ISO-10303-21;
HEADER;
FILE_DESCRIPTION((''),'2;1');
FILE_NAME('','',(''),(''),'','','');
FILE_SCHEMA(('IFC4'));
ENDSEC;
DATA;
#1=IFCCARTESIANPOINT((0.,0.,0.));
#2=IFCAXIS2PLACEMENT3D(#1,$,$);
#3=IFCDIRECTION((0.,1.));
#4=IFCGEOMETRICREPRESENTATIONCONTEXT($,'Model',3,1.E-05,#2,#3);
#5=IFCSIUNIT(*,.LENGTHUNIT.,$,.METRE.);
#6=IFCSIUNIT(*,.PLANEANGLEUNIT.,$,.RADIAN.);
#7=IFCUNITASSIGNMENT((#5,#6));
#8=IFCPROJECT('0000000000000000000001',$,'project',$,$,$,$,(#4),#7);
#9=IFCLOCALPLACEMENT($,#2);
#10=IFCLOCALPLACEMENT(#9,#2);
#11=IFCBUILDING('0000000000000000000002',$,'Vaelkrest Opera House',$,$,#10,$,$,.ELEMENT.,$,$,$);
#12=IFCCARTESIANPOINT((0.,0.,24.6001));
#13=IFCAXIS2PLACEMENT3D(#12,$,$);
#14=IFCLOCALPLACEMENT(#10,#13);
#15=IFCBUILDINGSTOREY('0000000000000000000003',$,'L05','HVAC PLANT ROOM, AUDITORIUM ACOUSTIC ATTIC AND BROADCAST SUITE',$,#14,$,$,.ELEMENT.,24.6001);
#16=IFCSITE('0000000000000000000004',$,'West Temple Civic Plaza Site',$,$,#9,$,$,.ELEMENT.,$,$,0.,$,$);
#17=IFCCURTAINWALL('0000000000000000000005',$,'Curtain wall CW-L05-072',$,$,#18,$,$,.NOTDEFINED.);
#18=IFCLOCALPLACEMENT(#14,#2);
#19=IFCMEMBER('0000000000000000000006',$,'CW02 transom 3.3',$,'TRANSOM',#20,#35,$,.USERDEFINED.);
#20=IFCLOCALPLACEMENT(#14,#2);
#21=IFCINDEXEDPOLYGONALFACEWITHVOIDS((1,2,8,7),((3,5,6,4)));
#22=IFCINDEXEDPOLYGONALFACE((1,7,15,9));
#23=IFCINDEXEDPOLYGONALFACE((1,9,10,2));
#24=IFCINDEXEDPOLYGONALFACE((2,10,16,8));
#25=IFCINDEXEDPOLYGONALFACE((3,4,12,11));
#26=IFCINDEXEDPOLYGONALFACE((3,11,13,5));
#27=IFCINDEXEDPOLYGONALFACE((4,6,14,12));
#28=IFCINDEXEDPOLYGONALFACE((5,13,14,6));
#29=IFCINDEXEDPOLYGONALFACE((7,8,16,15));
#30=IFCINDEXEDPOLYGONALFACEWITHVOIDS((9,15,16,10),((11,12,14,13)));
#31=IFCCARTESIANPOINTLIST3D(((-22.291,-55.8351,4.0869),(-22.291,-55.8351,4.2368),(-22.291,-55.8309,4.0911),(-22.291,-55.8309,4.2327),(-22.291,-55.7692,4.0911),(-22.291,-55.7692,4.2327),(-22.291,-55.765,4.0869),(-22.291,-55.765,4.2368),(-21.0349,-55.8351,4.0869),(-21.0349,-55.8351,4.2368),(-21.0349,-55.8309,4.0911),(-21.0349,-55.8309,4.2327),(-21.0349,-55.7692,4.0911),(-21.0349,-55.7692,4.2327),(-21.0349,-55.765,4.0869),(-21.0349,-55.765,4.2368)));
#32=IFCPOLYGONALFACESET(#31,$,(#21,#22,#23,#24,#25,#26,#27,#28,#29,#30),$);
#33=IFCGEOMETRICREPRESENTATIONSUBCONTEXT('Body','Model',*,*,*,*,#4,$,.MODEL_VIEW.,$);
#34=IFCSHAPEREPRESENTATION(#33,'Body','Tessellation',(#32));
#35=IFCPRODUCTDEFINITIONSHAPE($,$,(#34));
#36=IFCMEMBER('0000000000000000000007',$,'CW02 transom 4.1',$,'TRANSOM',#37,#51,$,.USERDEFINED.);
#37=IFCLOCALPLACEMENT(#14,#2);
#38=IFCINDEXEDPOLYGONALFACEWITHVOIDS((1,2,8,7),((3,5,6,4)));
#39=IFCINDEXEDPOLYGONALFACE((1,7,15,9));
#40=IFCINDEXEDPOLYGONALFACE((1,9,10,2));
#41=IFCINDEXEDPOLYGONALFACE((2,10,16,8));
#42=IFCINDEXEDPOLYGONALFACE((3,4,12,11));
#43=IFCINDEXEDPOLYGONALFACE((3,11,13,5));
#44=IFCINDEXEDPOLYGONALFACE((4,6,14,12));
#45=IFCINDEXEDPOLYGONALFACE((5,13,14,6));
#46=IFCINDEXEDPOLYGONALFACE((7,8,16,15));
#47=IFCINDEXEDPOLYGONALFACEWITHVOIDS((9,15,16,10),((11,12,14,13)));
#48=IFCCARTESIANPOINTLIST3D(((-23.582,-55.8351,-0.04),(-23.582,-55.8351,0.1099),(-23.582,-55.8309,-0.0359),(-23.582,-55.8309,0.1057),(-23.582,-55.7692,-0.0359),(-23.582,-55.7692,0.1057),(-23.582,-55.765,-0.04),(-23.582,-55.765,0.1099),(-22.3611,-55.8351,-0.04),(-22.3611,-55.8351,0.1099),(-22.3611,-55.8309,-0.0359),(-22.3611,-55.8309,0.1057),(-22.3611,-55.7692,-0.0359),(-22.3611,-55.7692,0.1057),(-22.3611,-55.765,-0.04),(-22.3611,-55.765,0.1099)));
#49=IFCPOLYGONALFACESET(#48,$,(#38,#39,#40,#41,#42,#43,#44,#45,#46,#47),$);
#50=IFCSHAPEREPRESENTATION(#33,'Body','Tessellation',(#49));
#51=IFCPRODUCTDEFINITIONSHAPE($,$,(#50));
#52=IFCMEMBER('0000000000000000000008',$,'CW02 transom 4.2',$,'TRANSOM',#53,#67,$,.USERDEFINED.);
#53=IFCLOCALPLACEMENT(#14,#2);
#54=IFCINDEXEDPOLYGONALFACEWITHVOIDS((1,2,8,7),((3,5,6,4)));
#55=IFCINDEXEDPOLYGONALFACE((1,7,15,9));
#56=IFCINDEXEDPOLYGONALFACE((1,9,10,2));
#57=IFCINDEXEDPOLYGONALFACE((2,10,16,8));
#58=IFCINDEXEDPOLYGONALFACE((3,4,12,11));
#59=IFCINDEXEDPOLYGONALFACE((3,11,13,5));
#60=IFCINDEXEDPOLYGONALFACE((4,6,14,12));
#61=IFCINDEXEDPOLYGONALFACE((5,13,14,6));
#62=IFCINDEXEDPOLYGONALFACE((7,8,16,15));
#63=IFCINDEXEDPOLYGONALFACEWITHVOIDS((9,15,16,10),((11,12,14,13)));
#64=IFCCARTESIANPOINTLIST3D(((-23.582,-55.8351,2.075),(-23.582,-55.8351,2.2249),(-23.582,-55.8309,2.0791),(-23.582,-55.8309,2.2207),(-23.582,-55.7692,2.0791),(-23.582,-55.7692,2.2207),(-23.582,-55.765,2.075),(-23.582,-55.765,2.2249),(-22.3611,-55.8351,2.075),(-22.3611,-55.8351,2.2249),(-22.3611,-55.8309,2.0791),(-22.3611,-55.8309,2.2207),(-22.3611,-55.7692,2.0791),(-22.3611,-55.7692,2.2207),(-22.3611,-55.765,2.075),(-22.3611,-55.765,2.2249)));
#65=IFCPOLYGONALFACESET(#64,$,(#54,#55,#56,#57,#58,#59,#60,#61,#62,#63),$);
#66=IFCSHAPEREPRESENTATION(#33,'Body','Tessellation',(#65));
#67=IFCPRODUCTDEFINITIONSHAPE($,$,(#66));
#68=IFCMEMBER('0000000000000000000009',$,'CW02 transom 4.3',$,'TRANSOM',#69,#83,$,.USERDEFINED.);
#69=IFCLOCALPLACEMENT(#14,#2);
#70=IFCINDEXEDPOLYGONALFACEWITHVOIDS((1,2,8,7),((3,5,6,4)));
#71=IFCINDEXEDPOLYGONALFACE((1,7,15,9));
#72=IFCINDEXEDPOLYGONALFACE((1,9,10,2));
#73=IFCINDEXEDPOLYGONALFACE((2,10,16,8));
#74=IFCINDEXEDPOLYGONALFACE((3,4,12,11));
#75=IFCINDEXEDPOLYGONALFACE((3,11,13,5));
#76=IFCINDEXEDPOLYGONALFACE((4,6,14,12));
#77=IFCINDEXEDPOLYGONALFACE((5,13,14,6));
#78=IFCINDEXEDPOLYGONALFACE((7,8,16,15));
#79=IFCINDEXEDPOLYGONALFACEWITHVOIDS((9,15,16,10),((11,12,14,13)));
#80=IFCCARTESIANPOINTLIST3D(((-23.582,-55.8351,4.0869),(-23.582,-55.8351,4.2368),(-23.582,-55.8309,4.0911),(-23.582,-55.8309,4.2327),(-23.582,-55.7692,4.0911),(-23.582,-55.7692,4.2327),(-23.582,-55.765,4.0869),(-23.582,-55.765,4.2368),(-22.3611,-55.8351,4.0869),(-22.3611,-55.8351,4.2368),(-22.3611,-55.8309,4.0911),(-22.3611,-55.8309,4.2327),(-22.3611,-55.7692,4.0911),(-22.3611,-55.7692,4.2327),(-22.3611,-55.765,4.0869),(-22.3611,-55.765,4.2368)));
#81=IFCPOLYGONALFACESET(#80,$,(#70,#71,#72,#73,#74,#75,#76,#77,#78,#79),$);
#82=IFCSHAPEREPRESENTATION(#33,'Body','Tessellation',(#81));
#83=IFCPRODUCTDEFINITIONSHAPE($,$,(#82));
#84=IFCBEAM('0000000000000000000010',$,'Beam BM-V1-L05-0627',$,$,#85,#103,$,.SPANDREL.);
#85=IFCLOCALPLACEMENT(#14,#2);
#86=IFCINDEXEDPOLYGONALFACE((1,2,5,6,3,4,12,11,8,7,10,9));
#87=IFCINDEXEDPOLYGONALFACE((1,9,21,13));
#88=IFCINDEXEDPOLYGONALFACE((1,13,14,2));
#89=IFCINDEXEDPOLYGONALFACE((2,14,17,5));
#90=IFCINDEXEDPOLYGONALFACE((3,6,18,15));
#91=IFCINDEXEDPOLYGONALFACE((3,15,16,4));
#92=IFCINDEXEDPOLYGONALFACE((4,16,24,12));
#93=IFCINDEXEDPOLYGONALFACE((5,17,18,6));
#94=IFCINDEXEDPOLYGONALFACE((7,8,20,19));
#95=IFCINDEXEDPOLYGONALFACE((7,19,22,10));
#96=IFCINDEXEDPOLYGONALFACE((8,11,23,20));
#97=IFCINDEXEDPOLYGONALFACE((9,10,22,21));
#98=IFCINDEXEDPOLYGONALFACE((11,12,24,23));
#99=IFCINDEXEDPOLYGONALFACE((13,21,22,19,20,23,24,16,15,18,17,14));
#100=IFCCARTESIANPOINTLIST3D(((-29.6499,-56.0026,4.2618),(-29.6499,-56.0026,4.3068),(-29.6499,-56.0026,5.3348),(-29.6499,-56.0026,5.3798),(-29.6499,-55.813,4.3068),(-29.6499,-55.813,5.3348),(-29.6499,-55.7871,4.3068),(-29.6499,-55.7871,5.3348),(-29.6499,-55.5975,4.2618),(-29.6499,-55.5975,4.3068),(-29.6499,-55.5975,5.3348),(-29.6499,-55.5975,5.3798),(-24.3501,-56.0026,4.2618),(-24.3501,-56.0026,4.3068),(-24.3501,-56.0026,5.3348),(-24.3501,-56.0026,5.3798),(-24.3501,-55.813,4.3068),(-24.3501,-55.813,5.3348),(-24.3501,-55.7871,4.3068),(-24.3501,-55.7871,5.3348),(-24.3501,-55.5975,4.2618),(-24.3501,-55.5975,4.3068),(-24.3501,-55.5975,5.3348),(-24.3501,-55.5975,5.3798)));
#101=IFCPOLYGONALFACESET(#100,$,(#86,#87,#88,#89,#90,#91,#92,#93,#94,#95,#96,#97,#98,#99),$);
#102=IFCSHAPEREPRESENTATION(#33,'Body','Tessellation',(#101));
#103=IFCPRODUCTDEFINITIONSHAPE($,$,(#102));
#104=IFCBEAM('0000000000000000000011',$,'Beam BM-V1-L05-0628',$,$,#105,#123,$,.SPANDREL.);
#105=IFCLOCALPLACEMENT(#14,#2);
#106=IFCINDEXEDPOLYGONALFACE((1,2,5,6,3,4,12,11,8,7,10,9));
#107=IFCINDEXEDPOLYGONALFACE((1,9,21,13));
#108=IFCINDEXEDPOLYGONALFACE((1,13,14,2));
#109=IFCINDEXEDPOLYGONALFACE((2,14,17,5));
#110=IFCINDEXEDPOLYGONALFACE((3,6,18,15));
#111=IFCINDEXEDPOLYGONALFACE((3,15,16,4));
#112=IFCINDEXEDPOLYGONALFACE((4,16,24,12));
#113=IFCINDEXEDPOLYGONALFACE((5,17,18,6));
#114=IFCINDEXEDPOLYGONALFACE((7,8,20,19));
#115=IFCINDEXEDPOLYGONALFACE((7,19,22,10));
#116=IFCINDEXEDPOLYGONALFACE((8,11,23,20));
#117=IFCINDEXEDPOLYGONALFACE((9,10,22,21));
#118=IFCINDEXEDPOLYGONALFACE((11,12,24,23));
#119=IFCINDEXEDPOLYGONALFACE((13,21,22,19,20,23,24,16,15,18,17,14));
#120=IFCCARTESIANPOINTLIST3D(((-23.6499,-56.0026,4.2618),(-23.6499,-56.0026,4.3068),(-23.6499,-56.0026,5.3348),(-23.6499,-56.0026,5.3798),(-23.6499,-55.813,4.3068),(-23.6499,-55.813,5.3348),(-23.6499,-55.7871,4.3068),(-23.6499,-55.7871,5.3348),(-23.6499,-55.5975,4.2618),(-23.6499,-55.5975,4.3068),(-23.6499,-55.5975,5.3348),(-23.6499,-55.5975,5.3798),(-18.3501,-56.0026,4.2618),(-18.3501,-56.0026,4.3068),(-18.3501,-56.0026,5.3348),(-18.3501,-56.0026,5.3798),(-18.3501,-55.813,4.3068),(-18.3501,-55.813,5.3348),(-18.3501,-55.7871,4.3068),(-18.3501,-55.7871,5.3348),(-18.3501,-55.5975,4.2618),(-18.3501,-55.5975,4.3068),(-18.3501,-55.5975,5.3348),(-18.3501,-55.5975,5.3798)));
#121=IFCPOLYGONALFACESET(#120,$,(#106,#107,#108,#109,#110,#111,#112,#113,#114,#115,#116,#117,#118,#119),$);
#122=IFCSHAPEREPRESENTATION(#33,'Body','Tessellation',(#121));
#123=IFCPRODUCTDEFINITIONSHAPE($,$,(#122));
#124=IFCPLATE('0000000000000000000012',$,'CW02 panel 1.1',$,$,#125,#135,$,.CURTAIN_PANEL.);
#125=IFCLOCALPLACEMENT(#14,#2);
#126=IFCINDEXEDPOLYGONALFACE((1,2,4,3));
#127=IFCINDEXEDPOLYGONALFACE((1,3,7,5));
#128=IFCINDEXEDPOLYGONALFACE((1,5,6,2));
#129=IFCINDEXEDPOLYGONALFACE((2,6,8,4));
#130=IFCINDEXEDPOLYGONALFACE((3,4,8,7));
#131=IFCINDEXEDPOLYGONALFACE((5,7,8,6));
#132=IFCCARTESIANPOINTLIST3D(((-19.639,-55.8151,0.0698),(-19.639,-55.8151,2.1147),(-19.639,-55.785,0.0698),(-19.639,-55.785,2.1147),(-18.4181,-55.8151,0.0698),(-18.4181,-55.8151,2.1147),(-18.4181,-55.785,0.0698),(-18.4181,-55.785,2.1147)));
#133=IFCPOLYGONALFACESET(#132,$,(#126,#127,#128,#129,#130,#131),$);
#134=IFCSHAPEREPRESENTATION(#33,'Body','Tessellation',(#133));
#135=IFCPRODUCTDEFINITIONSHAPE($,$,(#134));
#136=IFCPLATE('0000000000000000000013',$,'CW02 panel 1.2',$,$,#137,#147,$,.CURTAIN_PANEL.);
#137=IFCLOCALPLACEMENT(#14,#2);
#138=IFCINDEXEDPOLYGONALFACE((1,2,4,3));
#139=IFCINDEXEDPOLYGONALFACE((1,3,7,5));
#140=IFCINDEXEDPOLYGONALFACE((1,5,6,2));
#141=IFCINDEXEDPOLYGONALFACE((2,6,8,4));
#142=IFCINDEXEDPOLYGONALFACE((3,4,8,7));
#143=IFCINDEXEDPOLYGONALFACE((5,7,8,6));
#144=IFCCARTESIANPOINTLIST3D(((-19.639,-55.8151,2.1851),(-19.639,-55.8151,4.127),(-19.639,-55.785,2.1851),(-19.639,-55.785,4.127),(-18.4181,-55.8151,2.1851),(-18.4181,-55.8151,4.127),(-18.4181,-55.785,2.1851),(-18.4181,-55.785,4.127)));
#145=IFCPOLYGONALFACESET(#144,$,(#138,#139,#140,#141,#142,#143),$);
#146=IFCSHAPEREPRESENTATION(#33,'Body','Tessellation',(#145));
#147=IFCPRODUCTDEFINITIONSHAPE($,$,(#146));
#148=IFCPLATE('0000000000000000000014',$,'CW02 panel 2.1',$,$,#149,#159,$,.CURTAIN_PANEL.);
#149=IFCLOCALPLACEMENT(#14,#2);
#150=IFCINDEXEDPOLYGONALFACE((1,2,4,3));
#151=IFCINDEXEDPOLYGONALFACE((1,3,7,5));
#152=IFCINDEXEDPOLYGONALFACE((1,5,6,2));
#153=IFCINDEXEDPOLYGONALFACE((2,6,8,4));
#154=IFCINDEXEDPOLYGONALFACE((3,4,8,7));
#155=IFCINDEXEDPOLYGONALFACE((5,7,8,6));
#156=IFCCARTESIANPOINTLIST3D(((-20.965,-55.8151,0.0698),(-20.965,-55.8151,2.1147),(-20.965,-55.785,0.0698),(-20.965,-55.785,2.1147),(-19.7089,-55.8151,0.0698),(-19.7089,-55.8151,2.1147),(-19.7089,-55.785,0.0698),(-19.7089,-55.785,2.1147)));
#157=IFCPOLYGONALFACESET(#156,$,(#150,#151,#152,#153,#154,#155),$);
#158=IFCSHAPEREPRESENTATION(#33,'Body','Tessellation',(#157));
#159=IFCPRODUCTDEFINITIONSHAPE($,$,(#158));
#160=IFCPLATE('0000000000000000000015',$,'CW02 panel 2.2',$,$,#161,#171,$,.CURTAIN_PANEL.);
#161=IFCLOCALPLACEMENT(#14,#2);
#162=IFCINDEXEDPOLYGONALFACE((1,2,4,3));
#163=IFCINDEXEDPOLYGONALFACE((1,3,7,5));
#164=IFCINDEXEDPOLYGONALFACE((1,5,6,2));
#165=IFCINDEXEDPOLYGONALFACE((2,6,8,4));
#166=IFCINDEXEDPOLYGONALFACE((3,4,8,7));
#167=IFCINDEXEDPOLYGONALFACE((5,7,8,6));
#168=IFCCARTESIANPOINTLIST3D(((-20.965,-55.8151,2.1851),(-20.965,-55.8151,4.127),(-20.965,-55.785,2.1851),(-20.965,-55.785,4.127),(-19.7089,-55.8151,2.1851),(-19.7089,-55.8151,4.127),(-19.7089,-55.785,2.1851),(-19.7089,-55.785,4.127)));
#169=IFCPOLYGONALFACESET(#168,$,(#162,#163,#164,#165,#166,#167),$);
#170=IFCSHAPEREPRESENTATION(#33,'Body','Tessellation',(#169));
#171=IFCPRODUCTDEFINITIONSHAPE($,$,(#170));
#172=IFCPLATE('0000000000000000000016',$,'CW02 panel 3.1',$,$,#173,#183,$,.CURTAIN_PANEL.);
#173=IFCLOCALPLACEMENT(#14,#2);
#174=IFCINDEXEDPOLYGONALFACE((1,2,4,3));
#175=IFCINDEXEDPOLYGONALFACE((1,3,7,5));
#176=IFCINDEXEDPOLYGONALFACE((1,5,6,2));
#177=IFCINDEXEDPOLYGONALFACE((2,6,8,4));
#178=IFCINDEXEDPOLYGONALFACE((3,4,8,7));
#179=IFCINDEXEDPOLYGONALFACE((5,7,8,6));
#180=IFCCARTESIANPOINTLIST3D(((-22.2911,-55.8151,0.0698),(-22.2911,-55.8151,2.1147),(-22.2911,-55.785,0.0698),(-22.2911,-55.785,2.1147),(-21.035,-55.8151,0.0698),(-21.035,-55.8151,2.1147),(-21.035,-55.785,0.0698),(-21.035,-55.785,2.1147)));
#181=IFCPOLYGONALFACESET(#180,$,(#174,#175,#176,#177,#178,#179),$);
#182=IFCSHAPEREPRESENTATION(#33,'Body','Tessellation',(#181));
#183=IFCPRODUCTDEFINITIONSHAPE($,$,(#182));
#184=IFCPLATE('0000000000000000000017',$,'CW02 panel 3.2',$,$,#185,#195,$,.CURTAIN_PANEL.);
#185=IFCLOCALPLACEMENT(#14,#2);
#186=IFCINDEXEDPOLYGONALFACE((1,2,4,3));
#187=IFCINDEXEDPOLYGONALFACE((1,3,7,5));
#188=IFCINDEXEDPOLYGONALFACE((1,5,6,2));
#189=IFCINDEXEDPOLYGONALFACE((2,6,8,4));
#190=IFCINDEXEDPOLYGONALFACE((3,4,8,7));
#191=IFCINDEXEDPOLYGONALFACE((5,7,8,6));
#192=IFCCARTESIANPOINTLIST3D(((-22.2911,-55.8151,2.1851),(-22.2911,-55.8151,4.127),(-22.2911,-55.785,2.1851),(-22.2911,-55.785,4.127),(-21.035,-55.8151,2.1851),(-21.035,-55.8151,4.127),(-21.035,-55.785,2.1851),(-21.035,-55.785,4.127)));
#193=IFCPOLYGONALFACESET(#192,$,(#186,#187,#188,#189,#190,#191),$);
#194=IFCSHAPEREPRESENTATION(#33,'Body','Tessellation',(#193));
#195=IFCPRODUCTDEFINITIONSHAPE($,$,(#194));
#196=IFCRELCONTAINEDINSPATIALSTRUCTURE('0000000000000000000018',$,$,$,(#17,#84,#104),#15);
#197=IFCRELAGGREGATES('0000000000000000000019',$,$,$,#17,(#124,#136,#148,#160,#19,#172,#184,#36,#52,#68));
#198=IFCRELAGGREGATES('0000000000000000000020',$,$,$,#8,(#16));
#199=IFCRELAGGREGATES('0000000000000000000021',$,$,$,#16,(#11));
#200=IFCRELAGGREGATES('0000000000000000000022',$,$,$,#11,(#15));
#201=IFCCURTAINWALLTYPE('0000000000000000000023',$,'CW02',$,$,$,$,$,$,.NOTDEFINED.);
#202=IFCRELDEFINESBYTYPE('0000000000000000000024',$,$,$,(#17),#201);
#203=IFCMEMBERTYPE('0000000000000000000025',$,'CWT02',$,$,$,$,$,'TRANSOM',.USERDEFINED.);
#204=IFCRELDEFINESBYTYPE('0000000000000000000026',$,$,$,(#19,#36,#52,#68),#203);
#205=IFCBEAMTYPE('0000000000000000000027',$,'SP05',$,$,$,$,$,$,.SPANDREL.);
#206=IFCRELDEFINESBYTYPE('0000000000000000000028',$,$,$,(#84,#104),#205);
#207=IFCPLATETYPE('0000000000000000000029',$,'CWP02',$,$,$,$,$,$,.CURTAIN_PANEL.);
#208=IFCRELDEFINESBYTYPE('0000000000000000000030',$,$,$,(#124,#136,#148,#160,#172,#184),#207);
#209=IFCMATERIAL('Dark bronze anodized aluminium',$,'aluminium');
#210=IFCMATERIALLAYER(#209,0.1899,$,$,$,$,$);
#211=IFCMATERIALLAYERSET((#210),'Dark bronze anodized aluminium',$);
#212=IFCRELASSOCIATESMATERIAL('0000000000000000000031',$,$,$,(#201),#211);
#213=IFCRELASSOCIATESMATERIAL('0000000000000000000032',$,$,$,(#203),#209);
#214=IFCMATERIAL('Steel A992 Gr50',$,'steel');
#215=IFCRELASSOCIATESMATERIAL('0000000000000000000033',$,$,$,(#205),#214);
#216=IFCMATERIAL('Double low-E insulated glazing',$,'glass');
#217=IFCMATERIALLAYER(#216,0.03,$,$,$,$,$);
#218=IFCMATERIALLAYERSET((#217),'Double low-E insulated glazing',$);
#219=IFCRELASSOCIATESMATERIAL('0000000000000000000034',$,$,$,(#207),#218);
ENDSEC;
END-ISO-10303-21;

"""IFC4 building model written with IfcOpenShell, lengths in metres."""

from ifc_helpers import new_model, si_unit, direction, frame, origin, origin_2d, place, context, subcontext, project, spatial, rectangle, hollow_rectangle, i_section, extrude, material, layer, layer_set, material_profile, profile_set, type_object, element, aggregate, save


model = new_model("IFC4")

# Units and contexts
model_context = context("Model", 3, precision=1e-05, world=origin(), true_north=direction((0.0, 1.0)))
body_context = subcontext(model_context, "Body", "Model", "MODEL_VIEW")
ifc_project = project(units=[si_unit("LENGTHUNIT", "METRE"), si_unit("PLANEANGLEUNIT", "RADIAN")], contexts=[model_context])

# Site, building, storey
site_placement = place(None, origin())
site = spatial("IfcSite", under=ifc_project, at=site_placement, Name="West Temple Civic Plaza Site", CompositionType="ELEMENT", RefElevation=0.0)
building_placement = place(site_placement, origin())
building = spatial("IfcBuilding", under=site, at=building_placement, Name="Vaelkrest Opera House", CompositionType="ELEMENT")
storey_placement = place(building_placement, frame((0.0, 0.0, 24.6001)))
storey = spatial("IfcBuildingStorey", under=building, at=storey_placement, Name="L05", Description="HVAC PLANT ROOM, AUDITORIUM ACOUSTIC ATTIC AND BROADCAST SUITE", CompositionType="ELEMENT", Elevation=24.6001)

# Curtain wall, members
ifc_material_1 = material(Name="Dark bronze anodized aluminium", Category="aluminium")
ifc_layer_1 = layer(ifc_material_1, 0.1899)
ifc_layer_set_1 = layer_set([ifc_layer_1], Name="Dark bronze anodized aluminium")
curtain_wall_type = type_object("IfcCurtainWallType", Name="CW02", PredefinedType="NOTDEFINED", material=ifc_layer_set_1)
curtain_wall_placement = place(storey_placement, origin())
curtain_wall = element("IfcCurtainWall", 1, at=curtain_wall_placement, inside=storey, type_object=curtain_wall_type, Name="Curtain wall CW-L05-072", PredefinedType="NOTDEFINED")
ifc_material_profile_1 = material_profile(ifc_material_1, hollow_rectangle(XDim=0.0701, YDim=0.1499, WallThickness=0.0042, at=origin_2d()), Name="CWT70X150")
ifc_profile_set_1 = profile_set([ifc_material_profile_1], Name="Dark bronze anodized aluminium")
member_type_1 = type_object("IfcMemberType", Name="CWT02", ElementType="TRANSOM", PredefinedType="USERDEFINED", material=ifc_profile_set_1)
member_1_placement = place(storey_placement, frame((-21.0349, -55.8, 4.1619), z_axis=(-1.0, 0.0, 0.0), x_axis=(0.0, -1.0, 0.0)))
member_1 = element("IfcMember", 2, at=member_1_placement, type_object=member_type_1, Name="CW02 transom 3.3", ObjectType="TRANSOM", PredefinedType="USERDEFINED", context=body_context, shape_type="SweptSolid", body=[
    extrude(hollow_rectangle(XDim=0.0701, YDim=0.1499, WallThickness=0.0042, at=origin_2d()), origin(), (0.0, 0.0, 1.0), 1.2561),
])
member_2_placement = place(storey_placement, frame((-22.3611, -55.8, 0.0349), z_axis=(-1.0, 0.0, 0.0), x_axis=(0.0, -1.0, 0.0)))
member_2 = element("IfcMember", 3, at=member_2_placement, type_object=member_type_1, Name="CW02 transom 4.1", ObjectType="TRANSOM", PredefinedType="USERDEFINED", context=body_context, shape_type="SweptSolid", body=[
    extrude(hollow_rectangle(XDim=0.0701, YDim=0.1499, WallThickness=0.0042, at=origin_2d()), origin(), (0.0, 0.0, 1.0), 1.2209),
])
member_3_placement = place(storey_placement, frame((-22.3611, -55.8, 2.1499), z_axis=(-1.0, 0.0, 0.0), x_axis=(0.0, -1.0, 0.0)))
member_3 = element("IfcMember", 4, at=member_3_placement, type_object=member_type_1, Name="CW02 transom 4.2", ObjectType="TRANSOM", PredefinedType="USERDEFINED", context=body_context, shape_type="SweptSolid", body=[
    extrude(hollow_rectangle(XDim=0.0701, YDim=0.1499, WallThickness=0.0042, at=origin_2d()), origin(), (0.0, 0.0, 1.0), 1.2209),
])
member_4_placement = place(storey_placement, frame((-22.3611, -55.8, 4.1619), z_axis=(-1.0, 0.0, 0.0), x_axis=(0.0, -1.0, 0.0)))
member_4 = element("IfcMember", 5, at=member_4_placement, type_object=member_type_1, Name="CW02 transom 4.3", ObjectType="TRANSOM", PredefinedType="USERDEFINED", context=body_context, shape_type="SweptSolid", body=[
    extrude(hollow_rectangle(XDim=0.0701, YDim=0.1499, WallThickness=0.0042, at=origin_2d()), origin(), (0.0, 0.0, 1.0), 1.2209),
])

# Beams
ifc_material_2 = material(Name="Steel A992 Gr50", Category="steel")
ifc_material_profile_2 = material_profile(ifc_material_2, i_section(OverallWidth=0.405, OverallDepth=1.1179, WebThickness=0.0259, FlangeThickness=0.0449, at=origin_2d()), Name="W44X335")
ifc_profile_set_2 = profile_set([ifc_material_profile_2], Name="Steel A992 Gr50")
beam_type = type_object("IfcBeamType", Name="SP05", PredefinedType="SPANDREL", material=ifc_profile_set_2)
for number, where, z_axis, x_axis, name in (
    (6, (-29.6499, -55.8, 4.8208), (1.0, 0.0, 0.0), (0.0, 1.0, 0.0), "Beam BM-V1-L05-0627"),
    (7, (-23.6499, -55.8, 4.8208), (1.0, 0.0, 0.0), (0.0, 1.0, 0.0), "Beam BM-V1-L05-0628"),
):
    element("IfcBeam", number, at=place(storey_placement, frame(where, z_axis=z_axis, x_axis=x_axis)), inside=storey, type_object=beam_type, Name=name, PredefinedType="SPANDREL", context=body_context, shape_type="SweptSolid", body=[
        extrude(i_section(OverallWidth=0.405, OverallDepth=1.1179, WebThickness=0.0259, FlangeThickness=0.0449, at=origin_2d()), origin(), (0.0, 0.0, 1.0), 5.2998),
    ])

# Plates
ifc_material_3 = material(Name="Double low-E insulated glazing", Category="glass")
ifc_layer_2 = layer(ifc_material_3, 0.03)
ifc_layer_set_2 = layer_set([ifc_layer_2], Name="Double low-E insulated glazing")
plate_type = type_object("IfcPlateType", Name="CWP02", PredefinedType="CURTAIN_PANEL", material=ifc_layer_set_2)
plate_1_placement = place(storey_placement, frame((-19.0286, -55.8, 0.0698), z_axis=(0.0, 0.0, 1.0), x_axis=(-1.0, 0.0, 0.0)))
plate_1 = element("IfcPlate", 8, at=plate_1_placement, type_object=plate_type, Name="CW02 panel 1.1", PredefinedType="CURTAIN_PANEL", context=body_context, shape_type="SweptSolid", body=[
    extrude(rectangle(XDim=1.2209, YDim=0.03, at=origin_2d()), origin(), (0.0, 0.0, 1.0), 2.0449),
])
plate_2_placement = place(storey_placement, frame((-19.0286, -55.8, 2.1851), z_axis=(0.0, 0.0, 1.0), x_axis=(-1.0, 0.0, 0.0)))
plate_2 = element("IfcPlate", 9, at=plate_2_placement, type_object=plate_type, Name="CW02 panel 1.2", PredefinedType="CURTAIN_PANEL", context=body_context, shape_type="SweptSolid", body=[
    extrude(rectangle(XDim=1.2209, YDim=0.03, at=origin_2d()), origin(), (0.0, 0.0, 1.0), 1.9419),
])
plate_3_placement = place(storey_placement, frame((-20.3369, -55.8, 0.0698), z_axis=(0.0, 0.0, 1.0), x_axis=(-1.0, 0.0, 0.0)))
plate_3 = element("IfcPlate", 10, at=plate_3_placement, type_object=plate_type, Name="CW02 panel 2.1", PredefinedType="CURTAIN_PANEL", context=body_context, shape_type="SweptSolid", body=[
    extrude(rectangle(XDim=1.2561, YDim=0.03, at=origin_2d()), origin(), (0.0, 0.0, 1.0), 2.0449),
])
plate_4_placement = place(storey_placement, frame((-20.3369, -55.8, 2.1851), z_axis=(0.0, 0.0, 1.0), x_axis=(-1.0, 0.0, 0.0)))
plate_4 = element("IfcPlate", 11, at=plate_4_placement, type_object=plate_type, Name="CW02 panel 2.2", PredefinedType="CURTAIN_PANEL", context=body_context, shape_type="SweptSolid", body=[
    extrude(rectangle(XDim=1.2561, YDim=0.03, at=origin_2d()), origin(), (0.0, 0.0, 1.0), 1.9419),
])
plate_5_placement = place(storey_placement, frame((-21.6631, -55.8, 0.0698), z_axis=(0.0, 0.0, 1.0), x_axis=(-1.0, 0.0, 0.0)))
plate_5 = element("IfcPlate", 12, at=plate_5_placement, type_object=plate_type, Name="CW02 panel 3.1", PredefinedType="CURTAIN_PANEL", context=body_context, shape_type="SweptSolid", body=[
    extrude(rectangle(XDim=1.2561, YDim=0.03, at=origin_2d()), origin(), (0.0, 0.0, 1.0), 2.0449),
])
plate_6_placement = place(storey_placement, frame((-21.6631, -55.8, 2.1851), z_axis=(0.0, 0.0, 1.0), x_axis=(-1.0, 0.0, 0.0)))
plate_6 = element("IfcPlate", 13, at=plate_6_placement, type_object=plate_type, Name="CW02 panel 3.2", PredefinedType="CURTAIN_PANEL", context=body_context, shape_type="SweptSolid", body=[
    extrude(rectangle(XDim=1.2561, YDim=0.03, at=origin_2d()), origin(), (0.0, 0.0, 1.0), 1.9419),
])
aggregate(curtain_wall, [plate_1, plate_2, plate_3, plate_4, member_1, plate_5, plate_6, member_2, member_3, member_4])

save(model, "model.ifc")
